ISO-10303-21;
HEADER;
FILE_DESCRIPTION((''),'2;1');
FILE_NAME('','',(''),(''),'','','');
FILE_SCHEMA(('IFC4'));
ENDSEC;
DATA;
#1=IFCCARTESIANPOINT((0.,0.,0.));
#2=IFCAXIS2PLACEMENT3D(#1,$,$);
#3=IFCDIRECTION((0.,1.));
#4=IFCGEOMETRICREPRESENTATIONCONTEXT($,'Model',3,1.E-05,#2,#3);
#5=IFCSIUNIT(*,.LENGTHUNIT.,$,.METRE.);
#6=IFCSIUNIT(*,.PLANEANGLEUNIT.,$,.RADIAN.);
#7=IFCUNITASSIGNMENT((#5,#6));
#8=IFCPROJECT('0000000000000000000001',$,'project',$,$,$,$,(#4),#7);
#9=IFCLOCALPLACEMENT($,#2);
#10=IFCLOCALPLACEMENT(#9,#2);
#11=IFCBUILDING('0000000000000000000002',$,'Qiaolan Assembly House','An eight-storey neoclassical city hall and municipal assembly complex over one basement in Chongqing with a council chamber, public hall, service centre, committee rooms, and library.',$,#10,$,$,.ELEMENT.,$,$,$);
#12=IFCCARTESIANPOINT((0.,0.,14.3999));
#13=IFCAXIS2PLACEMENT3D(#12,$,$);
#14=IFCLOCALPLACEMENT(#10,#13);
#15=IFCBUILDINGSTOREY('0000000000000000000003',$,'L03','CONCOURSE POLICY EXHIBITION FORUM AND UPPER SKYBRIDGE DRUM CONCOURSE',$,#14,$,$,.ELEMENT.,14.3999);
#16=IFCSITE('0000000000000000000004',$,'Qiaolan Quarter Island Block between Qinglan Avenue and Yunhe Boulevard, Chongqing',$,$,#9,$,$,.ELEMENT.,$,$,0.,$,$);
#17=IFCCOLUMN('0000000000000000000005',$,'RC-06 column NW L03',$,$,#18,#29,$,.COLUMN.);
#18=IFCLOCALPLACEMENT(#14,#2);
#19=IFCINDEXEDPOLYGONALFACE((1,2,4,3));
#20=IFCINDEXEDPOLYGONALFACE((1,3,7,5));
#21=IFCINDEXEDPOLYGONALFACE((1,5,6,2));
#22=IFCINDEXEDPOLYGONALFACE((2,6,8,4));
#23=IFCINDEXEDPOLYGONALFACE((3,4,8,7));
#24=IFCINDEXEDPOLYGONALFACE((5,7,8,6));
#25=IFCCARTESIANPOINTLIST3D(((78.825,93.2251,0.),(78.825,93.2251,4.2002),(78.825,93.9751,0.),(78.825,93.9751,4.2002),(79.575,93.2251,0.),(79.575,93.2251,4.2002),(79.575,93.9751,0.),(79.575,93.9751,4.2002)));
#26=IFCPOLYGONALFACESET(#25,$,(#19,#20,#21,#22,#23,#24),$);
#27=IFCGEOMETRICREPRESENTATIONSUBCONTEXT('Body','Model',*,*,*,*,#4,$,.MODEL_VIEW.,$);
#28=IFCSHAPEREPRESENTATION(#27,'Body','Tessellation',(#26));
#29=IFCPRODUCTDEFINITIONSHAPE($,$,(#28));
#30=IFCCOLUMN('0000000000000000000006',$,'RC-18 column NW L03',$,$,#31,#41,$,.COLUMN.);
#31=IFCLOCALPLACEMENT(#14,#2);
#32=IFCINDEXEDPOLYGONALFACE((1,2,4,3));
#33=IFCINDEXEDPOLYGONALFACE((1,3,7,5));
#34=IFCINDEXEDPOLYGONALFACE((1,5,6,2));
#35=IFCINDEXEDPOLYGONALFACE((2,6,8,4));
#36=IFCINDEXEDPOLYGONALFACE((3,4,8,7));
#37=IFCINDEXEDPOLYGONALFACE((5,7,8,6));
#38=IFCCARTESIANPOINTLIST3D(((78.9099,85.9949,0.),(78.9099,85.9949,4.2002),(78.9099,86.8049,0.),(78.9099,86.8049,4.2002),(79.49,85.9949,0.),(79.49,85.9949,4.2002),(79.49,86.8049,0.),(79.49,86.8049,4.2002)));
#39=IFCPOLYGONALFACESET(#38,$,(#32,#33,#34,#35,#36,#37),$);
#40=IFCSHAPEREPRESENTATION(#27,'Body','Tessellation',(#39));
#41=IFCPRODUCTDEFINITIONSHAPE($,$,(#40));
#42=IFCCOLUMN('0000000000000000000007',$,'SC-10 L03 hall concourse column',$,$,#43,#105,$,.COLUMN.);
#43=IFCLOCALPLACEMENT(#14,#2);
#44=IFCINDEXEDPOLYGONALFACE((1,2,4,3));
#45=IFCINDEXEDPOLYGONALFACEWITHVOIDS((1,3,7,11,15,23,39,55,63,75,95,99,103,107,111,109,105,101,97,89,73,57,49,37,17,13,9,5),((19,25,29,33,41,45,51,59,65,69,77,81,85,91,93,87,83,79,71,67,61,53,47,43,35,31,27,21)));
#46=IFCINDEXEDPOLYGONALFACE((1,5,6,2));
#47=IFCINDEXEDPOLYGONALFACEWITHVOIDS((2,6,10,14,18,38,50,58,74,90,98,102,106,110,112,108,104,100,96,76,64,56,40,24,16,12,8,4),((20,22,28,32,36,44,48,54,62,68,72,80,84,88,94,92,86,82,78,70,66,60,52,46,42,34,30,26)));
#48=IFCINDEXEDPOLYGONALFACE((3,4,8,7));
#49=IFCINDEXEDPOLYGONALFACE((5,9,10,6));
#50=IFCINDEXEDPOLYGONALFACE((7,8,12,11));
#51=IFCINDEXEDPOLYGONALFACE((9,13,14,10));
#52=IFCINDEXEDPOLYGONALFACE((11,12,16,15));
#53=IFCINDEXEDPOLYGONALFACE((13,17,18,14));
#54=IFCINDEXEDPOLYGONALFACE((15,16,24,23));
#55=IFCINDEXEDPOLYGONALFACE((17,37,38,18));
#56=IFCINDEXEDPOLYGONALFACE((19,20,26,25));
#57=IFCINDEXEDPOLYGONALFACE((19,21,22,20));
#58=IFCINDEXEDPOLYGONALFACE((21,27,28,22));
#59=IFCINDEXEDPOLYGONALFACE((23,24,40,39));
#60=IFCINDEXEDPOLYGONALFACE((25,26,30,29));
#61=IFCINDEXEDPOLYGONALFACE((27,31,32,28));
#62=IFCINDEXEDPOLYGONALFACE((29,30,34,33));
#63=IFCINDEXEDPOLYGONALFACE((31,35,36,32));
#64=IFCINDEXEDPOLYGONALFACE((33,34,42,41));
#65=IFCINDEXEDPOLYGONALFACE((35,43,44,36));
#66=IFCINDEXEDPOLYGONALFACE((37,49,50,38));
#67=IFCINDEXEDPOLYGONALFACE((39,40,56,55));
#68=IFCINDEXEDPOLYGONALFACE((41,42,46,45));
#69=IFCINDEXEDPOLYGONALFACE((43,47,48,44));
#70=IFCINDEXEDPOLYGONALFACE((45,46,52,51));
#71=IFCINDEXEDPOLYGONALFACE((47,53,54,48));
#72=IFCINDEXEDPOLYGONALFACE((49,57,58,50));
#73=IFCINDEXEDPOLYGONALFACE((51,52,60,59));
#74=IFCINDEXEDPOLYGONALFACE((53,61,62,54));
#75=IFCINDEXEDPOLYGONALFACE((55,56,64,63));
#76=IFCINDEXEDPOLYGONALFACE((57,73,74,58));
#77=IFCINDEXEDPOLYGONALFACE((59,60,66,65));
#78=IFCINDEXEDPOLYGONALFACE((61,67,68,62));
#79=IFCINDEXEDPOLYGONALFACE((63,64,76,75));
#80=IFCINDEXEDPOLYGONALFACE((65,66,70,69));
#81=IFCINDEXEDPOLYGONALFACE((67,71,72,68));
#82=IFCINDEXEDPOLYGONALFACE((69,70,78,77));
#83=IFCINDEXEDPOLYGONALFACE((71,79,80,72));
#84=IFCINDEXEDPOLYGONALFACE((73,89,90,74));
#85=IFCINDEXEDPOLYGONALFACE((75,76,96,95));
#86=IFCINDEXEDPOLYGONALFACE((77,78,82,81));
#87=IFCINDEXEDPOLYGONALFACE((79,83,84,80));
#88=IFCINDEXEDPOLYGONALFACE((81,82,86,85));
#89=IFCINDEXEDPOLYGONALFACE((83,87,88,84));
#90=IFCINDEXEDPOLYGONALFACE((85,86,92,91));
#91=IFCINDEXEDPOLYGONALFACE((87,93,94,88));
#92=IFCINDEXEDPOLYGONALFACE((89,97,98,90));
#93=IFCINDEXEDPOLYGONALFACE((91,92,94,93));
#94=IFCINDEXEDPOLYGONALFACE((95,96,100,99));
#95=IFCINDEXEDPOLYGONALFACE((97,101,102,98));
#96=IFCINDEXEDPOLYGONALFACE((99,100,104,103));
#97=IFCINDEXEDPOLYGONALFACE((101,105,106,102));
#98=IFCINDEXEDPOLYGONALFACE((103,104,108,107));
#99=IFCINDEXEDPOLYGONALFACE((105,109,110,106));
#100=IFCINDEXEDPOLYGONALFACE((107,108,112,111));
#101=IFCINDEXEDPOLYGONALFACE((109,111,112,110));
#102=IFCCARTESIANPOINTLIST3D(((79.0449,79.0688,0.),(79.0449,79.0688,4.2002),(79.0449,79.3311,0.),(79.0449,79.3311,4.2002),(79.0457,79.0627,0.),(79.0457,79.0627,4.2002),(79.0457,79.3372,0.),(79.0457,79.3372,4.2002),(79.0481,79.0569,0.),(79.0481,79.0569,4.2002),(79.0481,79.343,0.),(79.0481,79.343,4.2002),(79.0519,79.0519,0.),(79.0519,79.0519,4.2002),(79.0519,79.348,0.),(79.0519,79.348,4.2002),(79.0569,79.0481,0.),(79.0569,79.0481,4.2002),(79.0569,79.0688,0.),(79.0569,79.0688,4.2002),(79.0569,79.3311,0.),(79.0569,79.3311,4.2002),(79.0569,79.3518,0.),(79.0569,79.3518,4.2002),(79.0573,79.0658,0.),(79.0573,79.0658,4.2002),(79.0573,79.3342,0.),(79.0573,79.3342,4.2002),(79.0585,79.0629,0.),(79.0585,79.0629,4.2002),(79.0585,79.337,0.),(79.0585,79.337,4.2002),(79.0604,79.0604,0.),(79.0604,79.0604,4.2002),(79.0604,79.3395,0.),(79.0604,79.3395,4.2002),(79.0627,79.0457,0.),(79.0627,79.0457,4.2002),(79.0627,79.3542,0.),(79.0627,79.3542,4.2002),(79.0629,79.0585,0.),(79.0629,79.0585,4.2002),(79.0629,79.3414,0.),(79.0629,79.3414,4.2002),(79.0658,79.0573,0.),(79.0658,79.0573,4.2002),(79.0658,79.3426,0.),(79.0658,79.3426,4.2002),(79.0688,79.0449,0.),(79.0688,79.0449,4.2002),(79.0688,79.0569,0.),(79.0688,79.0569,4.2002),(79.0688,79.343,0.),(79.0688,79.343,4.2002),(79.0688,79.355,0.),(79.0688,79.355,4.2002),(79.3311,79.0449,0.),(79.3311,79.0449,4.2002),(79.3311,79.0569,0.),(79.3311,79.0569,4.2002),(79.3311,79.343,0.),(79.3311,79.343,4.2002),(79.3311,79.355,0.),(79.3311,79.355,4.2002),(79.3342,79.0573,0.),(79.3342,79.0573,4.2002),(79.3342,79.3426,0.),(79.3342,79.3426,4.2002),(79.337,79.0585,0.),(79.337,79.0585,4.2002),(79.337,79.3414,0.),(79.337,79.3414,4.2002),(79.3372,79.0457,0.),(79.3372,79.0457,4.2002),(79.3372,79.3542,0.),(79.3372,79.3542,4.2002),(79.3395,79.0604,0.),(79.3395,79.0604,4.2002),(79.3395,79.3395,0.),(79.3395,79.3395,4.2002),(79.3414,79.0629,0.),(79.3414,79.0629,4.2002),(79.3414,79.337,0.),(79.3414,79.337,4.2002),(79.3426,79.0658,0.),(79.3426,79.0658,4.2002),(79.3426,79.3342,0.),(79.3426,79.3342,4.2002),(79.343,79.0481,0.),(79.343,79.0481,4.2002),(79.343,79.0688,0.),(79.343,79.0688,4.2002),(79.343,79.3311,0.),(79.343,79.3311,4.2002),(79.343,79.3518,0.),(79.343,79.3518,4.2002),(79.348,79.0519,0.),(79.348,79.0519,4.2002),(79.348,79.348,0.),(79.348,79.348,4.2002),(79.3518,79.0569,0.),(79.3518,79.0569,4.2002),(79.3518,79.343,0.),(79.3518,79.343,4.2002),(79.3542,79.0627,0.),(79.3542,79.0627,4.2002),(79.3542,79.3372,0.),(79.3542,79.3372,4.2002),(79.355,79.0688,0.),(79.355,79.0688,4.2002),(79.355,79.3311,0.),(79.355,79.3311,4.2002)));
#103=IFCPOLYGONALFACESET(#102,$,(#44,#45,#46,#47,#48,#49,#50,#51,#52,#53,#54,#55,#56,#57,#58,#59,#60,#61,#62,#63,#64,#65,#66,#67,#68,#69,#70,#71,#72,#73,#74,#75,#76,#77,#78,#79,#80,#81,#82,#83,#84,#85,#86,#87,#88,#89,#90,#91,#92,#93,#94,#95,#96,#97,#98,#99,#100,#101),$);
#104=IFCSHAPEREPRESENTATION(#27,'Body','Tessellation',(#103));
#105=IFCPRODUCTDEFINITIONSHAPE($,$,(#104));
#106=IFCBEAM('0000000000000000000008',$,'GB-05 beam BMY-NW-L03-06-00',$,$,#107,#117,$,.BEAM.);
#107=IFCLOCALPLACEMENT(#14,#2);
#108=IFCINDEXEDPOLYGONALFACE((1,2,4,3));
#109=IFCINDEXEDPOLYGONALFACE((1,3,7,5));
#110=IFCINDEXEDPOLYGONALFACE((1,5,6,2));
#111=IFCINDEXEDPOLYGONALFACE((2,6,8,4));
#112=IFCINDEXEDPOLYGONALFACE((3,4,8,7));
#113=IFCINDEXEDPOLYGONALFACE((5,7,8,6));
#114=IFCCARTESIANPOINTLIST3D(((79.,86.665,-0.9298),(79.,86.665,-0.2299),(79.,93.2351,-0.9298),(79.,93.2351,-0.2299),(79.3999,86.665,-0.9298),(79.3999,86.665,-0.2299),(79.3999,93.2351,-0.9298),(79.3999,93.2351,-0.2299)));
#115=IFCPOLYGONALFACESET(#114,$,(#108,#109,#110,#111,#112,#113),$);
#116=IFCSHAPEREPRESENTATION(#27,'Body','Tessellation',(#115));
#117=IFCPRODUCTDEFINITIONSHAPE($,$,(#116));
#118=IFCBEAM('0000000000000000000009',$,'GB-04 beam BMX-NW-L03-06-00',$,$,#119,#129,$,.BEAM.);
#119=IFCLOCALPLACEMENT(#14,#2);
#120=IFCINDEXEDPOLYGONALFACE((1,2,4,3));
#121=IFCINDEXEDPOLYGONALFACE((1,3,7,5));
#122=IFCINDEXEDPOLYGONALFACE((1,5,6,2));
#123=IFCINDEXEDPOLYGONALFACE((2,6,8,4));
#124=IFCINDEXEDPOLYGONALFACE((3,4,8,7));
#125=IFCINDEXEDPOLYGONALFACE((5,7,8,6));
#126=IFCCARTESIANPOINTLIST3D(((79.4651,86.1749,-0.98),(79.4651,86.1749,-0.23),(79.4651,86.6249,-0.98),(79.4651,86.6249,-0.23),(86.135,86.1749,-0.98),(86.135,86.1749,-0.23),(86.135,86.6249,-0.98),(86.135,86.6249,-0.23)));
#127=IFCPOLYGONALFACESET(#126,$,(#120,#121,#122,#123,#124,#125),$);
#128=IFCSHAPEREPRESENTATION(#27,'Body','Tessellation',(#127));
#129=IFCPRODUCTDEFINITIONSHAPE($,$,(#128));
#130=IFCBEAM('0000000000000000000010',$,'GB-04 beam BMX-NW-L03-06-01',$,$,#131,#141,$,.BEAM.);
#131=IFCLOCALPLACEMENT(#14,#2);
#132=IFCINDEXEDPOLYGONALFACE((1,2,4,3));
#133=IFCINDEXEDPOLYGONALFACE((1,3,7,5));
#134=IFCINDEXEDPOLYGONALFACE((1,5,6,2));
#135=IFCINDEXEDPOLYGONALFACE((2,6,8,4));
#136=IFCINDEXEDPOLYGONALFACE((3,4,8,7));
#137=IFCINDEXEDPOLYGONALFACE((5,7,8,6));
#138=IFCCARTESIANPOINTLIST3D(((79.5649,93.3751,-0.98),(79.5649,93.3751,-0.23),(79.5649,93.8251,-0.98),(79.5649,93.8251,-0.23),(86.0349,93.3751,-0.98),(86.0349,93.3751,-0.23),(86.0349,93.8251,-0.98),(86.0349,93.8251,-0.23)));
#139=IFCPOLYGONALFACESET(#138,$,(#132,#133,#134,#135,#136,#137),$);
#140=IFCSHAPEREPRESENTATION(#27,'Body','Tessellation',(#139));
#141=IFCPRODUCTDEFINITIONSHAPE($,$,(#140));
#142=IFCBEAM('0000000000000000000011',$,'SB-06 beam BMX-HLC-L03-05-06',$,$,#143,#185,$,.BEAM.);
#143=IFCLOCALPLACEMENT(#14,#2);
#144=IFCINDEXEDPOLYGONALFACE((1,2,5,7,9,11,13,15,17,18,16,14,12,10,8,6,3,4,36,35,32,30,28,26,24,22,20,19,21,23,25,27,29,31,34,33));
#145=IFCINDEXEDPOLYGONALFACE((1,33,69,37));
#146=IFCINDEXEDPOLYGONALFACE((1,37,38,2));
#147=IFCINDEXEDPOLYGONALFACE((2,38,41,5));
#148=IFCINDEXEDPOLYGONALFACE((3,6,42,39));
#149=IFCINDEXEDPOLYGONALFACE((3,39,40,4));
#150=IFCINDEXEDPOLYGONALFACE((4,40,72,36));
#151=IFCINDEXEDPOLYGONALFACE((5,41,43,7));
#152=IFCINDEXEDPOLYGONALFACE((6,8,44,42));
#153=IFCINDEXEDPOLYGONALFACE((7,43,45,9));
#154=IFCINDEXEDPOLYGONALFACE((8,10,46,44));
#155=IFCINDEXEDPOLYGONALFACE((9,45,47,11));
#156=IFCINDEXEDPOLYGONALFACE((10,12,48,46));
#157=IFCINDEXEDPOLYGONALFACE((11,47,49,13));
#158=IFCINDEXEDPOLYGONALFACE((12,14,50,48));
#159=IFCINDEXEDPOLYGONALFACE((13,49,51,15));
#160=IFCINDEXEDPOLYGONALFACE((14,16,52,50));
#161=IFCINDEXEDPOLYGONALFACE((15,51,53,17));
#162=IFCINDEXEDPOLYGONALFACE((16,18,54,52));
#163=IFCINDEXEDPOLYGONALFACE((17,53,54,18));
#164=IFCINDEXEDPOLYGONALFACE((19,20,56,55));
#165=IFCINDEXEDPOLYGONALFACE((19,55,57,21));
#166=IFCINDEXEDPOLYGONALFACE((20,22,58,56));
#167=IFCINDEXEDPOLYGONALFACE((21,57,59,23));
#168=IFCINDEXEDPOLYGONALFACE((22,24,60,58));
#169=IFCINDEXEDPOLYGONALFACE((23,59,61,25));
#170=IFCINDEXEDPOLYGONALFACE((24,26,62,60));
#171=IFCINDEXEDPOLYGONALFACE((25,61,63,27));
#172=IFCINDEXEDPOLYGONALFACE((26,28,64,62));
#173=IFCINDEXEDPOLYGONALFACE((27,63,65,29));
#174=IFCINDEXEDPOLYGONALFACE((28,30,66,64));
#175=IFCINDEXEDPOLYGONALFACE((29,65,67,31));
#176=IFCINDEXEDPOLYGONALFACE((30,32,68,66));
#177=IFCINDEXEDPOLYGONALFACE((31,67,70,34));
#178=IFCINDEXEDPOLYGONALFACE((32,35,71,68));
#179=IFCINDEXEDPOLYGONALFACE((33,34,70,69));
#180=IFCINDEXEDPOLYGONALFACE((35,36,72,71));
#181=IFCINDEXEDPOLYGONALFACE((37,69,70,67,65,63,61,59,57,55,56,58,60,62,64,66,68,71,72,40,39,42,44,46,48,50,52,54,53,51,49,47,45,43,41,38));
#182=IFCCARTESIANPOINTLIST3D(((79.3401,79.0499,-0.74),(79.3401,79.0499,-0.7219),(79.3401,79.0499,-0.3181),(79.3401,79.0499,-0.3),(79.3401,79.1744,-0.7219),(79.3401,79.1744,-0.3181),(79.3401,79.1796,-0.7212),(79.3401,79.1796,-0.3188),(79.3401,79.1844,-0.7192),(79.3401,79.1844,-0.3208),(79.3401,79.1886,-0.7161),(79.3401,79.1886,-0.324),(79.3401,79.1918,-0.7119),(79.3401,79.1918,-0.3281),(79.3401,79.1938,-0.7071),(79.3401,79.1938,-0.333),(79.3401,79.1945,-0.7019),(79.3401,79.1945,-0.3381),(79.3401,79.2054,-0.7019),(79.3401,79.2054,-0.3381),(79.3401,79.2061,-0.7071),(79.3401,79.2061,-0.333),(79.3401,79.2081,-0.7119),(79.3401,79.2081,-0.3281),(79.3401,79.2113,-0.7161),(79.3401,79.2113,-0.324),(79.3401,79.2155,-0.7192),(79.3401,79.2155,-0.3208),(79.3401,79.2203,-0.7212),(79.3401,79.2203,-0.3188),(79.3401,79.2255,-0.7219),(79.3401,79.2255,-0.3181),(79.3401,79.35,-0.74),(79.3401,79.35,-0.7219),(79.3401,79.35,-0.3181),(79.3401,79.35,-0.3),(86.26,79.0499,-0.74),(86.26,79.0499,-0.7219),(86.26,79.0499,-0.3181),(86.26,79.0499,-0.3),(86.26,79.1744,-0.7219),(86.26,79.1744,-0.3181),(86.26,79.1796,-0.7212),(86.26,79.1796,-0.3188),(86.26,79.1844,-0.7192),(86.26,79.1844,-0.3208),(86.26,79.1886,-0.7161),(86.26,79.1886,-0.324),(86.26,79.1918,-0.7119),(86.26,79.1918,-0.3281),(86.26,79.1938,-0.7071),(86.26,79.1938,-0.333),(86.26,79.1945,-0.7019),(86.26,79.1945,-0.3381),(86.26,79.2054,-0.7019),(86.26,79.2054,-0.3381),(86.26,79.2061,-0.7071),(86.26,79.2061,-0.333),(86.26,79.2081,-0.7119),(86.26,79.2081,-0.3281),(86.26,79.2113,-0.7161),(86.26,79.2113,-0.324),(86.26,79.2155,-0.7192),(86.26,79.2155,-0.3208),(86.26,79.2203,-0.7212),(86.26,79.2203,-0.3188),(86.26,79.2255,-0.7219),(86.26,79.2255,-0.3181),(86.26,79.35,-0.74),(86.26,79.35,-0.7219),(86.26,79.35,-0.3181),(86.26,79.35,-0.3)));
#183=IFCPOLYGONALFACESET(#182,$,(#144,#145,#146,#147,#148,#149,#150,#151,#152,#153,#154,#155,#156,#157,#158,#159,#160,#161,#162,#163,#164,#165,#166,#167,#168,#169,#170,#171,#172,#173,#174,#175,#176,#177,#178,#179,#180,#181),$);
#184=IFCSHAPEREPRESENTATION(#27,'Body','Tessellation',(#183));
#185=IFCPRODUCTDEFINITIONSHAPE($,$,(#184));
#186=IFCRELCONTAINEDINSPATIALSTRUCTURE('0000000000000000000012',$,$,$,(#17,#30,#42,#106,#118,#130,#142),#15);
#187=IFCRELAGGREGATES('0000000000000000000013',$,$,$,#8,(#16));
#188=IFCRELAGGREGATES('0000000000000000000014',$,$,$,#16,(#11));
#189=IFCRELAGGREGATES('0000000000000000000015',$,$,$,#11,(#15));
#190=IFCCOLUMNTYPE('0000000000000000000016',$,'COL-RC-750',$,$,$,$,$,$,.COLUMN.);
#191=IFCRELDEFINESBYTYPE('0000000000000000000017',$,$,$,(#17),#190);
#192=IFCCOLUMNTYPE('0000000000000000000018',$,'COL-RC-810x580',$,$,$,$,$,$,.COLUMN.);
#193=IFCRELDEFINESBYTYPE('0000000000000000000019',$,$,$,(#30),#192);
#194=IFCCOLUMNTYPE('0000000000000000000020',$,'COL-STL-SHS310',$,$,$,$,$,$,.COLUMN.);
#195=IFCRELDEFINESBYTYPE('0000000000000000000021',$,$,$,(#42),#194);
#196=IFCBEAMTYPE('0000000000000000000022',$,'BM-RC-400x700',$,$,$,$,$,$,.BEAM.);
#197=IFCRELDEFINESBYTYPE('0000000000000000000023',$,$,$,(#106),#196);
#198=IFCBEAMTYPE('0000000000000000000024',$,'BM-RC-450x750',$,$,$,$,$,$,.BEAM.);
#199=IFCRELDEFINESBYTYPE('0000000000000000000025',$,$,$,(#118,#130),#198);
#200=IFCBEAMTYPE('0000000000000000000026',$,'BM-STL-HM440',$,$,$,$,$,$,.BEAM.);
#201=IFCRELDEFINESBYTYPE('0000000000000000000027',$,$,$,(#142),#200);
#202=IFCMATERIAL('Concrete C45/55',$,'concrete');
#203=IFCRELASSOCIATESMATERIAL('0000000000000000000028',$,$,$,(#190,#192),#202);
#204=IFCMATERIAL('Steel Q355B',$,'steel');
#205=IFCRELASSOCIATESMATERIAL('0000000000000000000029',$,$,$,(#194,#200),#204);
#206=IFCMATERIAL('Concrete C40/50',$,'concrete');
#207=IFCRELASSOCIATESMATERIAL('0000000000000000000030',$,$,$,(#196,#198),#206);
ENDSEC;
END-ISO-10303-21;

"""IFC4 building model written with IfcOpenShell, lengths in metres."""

from ifc_helpers import new_model, si_unit, direction, frame, origin, origin_2d, place, context, subcontext, project, spatial, rectangle, hollow_rectangle, i_section, extrude, material, material_profile, profile_set, type_object, element, save


model = new_model("IFC4")

# Units and contexts
model_context = context("Model", 3, precision=1e-05, world=origin(), true_north=direction((0.0, 1.0)))
body_context = subcontext(model_context, "Body", "Model", "MODEL_VIEW")
ifc_project = project(units=[si_unit("LENGTHUNIT", "METRE"), si_unit("PLANEANGLEUNIT", "RADIAN")], contexts=[model_context])

# Site, building, storey
site_placement = place(None, origin())
site = spatial("IfcSite", under=ifc_project, at=site_placement, Name="Qiaolan Quarter Island Block between Qinglan Avenue and Yunhe Boulevard, Chongqing", CompositionType="ELEMENT", RefElevation=0.0)
building_placement = place(site_placement, origin())
building = spatial("IfcBuilding", under=site, at=building_placement, Name="Qiaolan Assembly House", Description="An eight-storey neoclassical city hall and municipal assembly complex over one basement in Chongqing with a council chamber, public hall, service centre, committee rooms, and library.", CompositionType="ELEMENT")
storey_placement = place(building_placement, frame((0.0, 0.0, 14.3999)))
storey = spatial("IfcBuildingStorey", under=building, at=storey_placement, Name="L03", Description="CONCOURSE POLICY EXHIBITION FORUM AND UPPER SKYBRIDGE DRUM CONCOURSE", CompositionType="ELEMENT", Elevation=14.3999)

# Columns
ifc_material_1 = material(Name="Concrete C45/55", Category="concrete")
ifc_material_profile_1 = material_profile(ifc_material_1, rectangle(XDim=0.75, YDim=0.75, at=origin_2d()), Name="RC 750x750")
ifc_profile_set_1 = profile_set([ifc_material_profile_1], Name="Concrete C45/55")
column_type_1 = type_object("IfcColumnType", Name="COL-RC-750", PredefinedType="COLUMN", material=ifc_profile_set_1)
column_1_placement = place(storey_placement, frame((79.2, 93.6001, 0.0), z_axis=(0.0, 0.0, 1.0), x_axis=(1.0, 0.0, 0.0)))
element("IfcColumn", 1, at=column_1_placement, inside=storey, type_object=column_type_1, Name="RC-06 column NW L03", PredefinedType="COLUMN", context=body_context, shape_type="SweptSolid", body=[
    extrude(rectangle(XDim=0.75, YDim=0.75, at=origin_2d()), origin(), (0.0, 0.0, 1.0), 4.2002),
])
ifc_material_profile_2 = material_profile(ifc_material_1, rectangle(XDim=0.5801, YDim=0.8101, at=origin_2d()), Name="RC 810x580")
ifc_profile_set_2 = profile_set([ifc_material_profile_2], Name="Concrete C45/55")
column_type_2 = type_object("IfcColumnType", Name="COL-RC-810x580", PredefinedType="COLUMN", material=ifc_profile_set_2)
column_2_placement = place(storey_placement, frame((79.2, 86.3999, 0.0), z_axis=(0.0, 0.0, 1.0), x_axis=(1.0, 0.0, 0.0)))
element("IfcColumn", 2, at=column_2_placement, inside=storey, type_object=column_type_2, Name="RC-18 column NW L03", PredefinedType="COLUMN", context=body_context, shape_type="SweptSolid", body=[
    extrude(rectangle(XDim=0.5801, YDim=0.8101, at=origin_2d()), origin(), (0.0, 0.0, 1.0), 4.2002),
])
ifc_material_2 = material(Name="Steel Q355B", Category="steel")
ifc_material_profile_3 = material_profile(ifc_material_2, hollow_rectangle(XDim=0.3101, YDim=0.3101, WallThickness=0.012, InnerFilletRadius=0.012, OuterFilletRadius=0.0239, at=origin_2d()), Name="SHS 310x310x12")
ifc_profile_set_3 = profile_set([ifc_material_profile_3], Name="Steel Q355B")
column_type_3 = type_object("IfcColumnType", Name="COL-STL-SHS310", PredefinedType="COLUMN", material=ifc_profile_set_3)
column_3_placement = place(storey_placement, frame((79.2, 79.2, 0.0), z_axis=(0.0, 0.0, 1.0), x_axis=(1.0, 0.0, 0.0)))
element("IfcColumn", 3, at=column_3_placement, inside=storey, type_object=column_type_3, Name="SC-10 L03 hall concourse column", PredefinedType="COLUMN", context=body_context, shape_type="SweptSolid", body=[
    extrude(hollow_rectangle(XDim=0.3101, YDim=0.3101, WallThickness=0.012, InnerFilletRadius=0.012, OuterFilletRadius=0.0239, at=origin_2d()), origin(), (0.0, 0.0, 1.0), 4.2002),
])

# Beams
ifc_material_3 = material(Name="Concrete C40/50", Category="concrete")
ifc_material_profile_4 = material_profile(ifc_material_3, rectangle(XDim=0.3999, YDim=0.7, at=origin_2d()), Name="RCB 400x700")
ifc_profile_set_4 = profile_set([ifc_material_profile_4], Name="Concrete C40/50")
beam_type_1 = type_object("IfcBeamType", Name="BM-RC-400x700", PredefinedType="BEAM", material=ifc_profile_set_4)
beam_1_placement = place(storey_placement, frame((79.2, 86.665, -0.5798), z_axis=(0.0, 1.0, 0.0), x_axis=(-1.0, 0.0, 0.0)))
element("IfcBeam", 4, at=beam_1_placement, inside=storey, type_object=beam_type_1, Name="GB-05 beam BMY-NW-L03-06-00", PredefinedType="BEAM", context=body_context, shape_type="SweptSolid", body=[
    extrude(rectangle(XDim=0.3999, YDim=0.7, at=origin_2d()), origin(), (0.0, 0.0, 1.0), 6.5701),
])
ifc_material_profile_5 = material_profile(ifc_material_3, rectangle(XDim=0.45, YDim=0.75, at=origin_2d()), Name="RCB 450x750")
ifc_profile_set_5 = profile_set([ifc_material_profile_5], Name="Concrete C40/50")
beam_type_2 = type_object("IfcBeamType", Name="BM-RC-450x750", PredefinedType="BEAM", material=ifc_profile_set_5)
beam_2_placement = place(storey_placement, frame((79.4651, 86.3999, -0.605), z_axis=(1.0, 0.0, 0.0), x_axis=(0.0, 1.0, 0.0)))
element("IfcBeam", 5, at=beam_2_placement, inside=storey, type_object=beam_type_2, Name="GB-04 beam BMX-NW-L03-06-00", PredefinedType="BEAM", context=body_context, shape_type="SweptSolid", body=[
    extrude(rectangle(XDim=0.45, YDim=0.75, at=origin_2d()), origin(), (0.0, 0.0, 1.0), 6.6699),
])
beam_3_placement = place(storey_placement, frame((79.5649, 93.6001, -0.605), z_axis=(1.0, 0.0, 0.0), x_axis=(0.0, 1.0, 0.0)))
element("IfcBeam", 6, at=beam_3_placement, inside=storey, type_object=beam_type_2, Name="GB-04 beam BMX-NW-L03-06-01", PredefinedType="BEAM", context=body_context, shape_type="SweptSolid", body=[
    extrude(rectangle(XDim=0.45, YDim=0.75, at=origin_2d()), origin(), (0.0, 0.0, 1.0), 6.47),
])
ifc_material_profile_6 = material_profile(ifc_material_2, i_section(OverallWidth=0.3, OverallDepth=0.4399, WebThickness=0.011, FlangeThickness=0.0181, FilletRadius=0.02, at=origin_2d()), Name="HM 440x300x11x18")
ifc_profile_set_6 = profile_set([ifc_material_profile_6], Name="Steel Q355B")
beam_type_3 = type_object("IfcBeamType", Name="BM-STL-HM440", PredefinedType="BEAM", material=ifc_profile_set_6)
beam_4_placement = place(storey_placement, frame((79.3401, 79.2, -0.52), z_axis=(1.0, 0.0, 0.0), x_axis=(0.0, 1.0, 0.0)))
element("IfcBeam", 7, at=beam_4_placement, inside=storey, type_object=beam_type_3, Name="SB-06 beam BMX-HLC-L03-05-06", PredefinedType="BEAM", context=body_context, shape_type="SweptSolid", body=[
    extrude(i_section(OverallWidth=0.3, OverallDepth=0.4399, WebThickness=0.011, FlangeThickness=0.0181, FilletRadius=0.02, at=origin_2d()), origin(), (0.0, 0.0, 1.0), 6.9199),
])

save(model, "model.ifc")
